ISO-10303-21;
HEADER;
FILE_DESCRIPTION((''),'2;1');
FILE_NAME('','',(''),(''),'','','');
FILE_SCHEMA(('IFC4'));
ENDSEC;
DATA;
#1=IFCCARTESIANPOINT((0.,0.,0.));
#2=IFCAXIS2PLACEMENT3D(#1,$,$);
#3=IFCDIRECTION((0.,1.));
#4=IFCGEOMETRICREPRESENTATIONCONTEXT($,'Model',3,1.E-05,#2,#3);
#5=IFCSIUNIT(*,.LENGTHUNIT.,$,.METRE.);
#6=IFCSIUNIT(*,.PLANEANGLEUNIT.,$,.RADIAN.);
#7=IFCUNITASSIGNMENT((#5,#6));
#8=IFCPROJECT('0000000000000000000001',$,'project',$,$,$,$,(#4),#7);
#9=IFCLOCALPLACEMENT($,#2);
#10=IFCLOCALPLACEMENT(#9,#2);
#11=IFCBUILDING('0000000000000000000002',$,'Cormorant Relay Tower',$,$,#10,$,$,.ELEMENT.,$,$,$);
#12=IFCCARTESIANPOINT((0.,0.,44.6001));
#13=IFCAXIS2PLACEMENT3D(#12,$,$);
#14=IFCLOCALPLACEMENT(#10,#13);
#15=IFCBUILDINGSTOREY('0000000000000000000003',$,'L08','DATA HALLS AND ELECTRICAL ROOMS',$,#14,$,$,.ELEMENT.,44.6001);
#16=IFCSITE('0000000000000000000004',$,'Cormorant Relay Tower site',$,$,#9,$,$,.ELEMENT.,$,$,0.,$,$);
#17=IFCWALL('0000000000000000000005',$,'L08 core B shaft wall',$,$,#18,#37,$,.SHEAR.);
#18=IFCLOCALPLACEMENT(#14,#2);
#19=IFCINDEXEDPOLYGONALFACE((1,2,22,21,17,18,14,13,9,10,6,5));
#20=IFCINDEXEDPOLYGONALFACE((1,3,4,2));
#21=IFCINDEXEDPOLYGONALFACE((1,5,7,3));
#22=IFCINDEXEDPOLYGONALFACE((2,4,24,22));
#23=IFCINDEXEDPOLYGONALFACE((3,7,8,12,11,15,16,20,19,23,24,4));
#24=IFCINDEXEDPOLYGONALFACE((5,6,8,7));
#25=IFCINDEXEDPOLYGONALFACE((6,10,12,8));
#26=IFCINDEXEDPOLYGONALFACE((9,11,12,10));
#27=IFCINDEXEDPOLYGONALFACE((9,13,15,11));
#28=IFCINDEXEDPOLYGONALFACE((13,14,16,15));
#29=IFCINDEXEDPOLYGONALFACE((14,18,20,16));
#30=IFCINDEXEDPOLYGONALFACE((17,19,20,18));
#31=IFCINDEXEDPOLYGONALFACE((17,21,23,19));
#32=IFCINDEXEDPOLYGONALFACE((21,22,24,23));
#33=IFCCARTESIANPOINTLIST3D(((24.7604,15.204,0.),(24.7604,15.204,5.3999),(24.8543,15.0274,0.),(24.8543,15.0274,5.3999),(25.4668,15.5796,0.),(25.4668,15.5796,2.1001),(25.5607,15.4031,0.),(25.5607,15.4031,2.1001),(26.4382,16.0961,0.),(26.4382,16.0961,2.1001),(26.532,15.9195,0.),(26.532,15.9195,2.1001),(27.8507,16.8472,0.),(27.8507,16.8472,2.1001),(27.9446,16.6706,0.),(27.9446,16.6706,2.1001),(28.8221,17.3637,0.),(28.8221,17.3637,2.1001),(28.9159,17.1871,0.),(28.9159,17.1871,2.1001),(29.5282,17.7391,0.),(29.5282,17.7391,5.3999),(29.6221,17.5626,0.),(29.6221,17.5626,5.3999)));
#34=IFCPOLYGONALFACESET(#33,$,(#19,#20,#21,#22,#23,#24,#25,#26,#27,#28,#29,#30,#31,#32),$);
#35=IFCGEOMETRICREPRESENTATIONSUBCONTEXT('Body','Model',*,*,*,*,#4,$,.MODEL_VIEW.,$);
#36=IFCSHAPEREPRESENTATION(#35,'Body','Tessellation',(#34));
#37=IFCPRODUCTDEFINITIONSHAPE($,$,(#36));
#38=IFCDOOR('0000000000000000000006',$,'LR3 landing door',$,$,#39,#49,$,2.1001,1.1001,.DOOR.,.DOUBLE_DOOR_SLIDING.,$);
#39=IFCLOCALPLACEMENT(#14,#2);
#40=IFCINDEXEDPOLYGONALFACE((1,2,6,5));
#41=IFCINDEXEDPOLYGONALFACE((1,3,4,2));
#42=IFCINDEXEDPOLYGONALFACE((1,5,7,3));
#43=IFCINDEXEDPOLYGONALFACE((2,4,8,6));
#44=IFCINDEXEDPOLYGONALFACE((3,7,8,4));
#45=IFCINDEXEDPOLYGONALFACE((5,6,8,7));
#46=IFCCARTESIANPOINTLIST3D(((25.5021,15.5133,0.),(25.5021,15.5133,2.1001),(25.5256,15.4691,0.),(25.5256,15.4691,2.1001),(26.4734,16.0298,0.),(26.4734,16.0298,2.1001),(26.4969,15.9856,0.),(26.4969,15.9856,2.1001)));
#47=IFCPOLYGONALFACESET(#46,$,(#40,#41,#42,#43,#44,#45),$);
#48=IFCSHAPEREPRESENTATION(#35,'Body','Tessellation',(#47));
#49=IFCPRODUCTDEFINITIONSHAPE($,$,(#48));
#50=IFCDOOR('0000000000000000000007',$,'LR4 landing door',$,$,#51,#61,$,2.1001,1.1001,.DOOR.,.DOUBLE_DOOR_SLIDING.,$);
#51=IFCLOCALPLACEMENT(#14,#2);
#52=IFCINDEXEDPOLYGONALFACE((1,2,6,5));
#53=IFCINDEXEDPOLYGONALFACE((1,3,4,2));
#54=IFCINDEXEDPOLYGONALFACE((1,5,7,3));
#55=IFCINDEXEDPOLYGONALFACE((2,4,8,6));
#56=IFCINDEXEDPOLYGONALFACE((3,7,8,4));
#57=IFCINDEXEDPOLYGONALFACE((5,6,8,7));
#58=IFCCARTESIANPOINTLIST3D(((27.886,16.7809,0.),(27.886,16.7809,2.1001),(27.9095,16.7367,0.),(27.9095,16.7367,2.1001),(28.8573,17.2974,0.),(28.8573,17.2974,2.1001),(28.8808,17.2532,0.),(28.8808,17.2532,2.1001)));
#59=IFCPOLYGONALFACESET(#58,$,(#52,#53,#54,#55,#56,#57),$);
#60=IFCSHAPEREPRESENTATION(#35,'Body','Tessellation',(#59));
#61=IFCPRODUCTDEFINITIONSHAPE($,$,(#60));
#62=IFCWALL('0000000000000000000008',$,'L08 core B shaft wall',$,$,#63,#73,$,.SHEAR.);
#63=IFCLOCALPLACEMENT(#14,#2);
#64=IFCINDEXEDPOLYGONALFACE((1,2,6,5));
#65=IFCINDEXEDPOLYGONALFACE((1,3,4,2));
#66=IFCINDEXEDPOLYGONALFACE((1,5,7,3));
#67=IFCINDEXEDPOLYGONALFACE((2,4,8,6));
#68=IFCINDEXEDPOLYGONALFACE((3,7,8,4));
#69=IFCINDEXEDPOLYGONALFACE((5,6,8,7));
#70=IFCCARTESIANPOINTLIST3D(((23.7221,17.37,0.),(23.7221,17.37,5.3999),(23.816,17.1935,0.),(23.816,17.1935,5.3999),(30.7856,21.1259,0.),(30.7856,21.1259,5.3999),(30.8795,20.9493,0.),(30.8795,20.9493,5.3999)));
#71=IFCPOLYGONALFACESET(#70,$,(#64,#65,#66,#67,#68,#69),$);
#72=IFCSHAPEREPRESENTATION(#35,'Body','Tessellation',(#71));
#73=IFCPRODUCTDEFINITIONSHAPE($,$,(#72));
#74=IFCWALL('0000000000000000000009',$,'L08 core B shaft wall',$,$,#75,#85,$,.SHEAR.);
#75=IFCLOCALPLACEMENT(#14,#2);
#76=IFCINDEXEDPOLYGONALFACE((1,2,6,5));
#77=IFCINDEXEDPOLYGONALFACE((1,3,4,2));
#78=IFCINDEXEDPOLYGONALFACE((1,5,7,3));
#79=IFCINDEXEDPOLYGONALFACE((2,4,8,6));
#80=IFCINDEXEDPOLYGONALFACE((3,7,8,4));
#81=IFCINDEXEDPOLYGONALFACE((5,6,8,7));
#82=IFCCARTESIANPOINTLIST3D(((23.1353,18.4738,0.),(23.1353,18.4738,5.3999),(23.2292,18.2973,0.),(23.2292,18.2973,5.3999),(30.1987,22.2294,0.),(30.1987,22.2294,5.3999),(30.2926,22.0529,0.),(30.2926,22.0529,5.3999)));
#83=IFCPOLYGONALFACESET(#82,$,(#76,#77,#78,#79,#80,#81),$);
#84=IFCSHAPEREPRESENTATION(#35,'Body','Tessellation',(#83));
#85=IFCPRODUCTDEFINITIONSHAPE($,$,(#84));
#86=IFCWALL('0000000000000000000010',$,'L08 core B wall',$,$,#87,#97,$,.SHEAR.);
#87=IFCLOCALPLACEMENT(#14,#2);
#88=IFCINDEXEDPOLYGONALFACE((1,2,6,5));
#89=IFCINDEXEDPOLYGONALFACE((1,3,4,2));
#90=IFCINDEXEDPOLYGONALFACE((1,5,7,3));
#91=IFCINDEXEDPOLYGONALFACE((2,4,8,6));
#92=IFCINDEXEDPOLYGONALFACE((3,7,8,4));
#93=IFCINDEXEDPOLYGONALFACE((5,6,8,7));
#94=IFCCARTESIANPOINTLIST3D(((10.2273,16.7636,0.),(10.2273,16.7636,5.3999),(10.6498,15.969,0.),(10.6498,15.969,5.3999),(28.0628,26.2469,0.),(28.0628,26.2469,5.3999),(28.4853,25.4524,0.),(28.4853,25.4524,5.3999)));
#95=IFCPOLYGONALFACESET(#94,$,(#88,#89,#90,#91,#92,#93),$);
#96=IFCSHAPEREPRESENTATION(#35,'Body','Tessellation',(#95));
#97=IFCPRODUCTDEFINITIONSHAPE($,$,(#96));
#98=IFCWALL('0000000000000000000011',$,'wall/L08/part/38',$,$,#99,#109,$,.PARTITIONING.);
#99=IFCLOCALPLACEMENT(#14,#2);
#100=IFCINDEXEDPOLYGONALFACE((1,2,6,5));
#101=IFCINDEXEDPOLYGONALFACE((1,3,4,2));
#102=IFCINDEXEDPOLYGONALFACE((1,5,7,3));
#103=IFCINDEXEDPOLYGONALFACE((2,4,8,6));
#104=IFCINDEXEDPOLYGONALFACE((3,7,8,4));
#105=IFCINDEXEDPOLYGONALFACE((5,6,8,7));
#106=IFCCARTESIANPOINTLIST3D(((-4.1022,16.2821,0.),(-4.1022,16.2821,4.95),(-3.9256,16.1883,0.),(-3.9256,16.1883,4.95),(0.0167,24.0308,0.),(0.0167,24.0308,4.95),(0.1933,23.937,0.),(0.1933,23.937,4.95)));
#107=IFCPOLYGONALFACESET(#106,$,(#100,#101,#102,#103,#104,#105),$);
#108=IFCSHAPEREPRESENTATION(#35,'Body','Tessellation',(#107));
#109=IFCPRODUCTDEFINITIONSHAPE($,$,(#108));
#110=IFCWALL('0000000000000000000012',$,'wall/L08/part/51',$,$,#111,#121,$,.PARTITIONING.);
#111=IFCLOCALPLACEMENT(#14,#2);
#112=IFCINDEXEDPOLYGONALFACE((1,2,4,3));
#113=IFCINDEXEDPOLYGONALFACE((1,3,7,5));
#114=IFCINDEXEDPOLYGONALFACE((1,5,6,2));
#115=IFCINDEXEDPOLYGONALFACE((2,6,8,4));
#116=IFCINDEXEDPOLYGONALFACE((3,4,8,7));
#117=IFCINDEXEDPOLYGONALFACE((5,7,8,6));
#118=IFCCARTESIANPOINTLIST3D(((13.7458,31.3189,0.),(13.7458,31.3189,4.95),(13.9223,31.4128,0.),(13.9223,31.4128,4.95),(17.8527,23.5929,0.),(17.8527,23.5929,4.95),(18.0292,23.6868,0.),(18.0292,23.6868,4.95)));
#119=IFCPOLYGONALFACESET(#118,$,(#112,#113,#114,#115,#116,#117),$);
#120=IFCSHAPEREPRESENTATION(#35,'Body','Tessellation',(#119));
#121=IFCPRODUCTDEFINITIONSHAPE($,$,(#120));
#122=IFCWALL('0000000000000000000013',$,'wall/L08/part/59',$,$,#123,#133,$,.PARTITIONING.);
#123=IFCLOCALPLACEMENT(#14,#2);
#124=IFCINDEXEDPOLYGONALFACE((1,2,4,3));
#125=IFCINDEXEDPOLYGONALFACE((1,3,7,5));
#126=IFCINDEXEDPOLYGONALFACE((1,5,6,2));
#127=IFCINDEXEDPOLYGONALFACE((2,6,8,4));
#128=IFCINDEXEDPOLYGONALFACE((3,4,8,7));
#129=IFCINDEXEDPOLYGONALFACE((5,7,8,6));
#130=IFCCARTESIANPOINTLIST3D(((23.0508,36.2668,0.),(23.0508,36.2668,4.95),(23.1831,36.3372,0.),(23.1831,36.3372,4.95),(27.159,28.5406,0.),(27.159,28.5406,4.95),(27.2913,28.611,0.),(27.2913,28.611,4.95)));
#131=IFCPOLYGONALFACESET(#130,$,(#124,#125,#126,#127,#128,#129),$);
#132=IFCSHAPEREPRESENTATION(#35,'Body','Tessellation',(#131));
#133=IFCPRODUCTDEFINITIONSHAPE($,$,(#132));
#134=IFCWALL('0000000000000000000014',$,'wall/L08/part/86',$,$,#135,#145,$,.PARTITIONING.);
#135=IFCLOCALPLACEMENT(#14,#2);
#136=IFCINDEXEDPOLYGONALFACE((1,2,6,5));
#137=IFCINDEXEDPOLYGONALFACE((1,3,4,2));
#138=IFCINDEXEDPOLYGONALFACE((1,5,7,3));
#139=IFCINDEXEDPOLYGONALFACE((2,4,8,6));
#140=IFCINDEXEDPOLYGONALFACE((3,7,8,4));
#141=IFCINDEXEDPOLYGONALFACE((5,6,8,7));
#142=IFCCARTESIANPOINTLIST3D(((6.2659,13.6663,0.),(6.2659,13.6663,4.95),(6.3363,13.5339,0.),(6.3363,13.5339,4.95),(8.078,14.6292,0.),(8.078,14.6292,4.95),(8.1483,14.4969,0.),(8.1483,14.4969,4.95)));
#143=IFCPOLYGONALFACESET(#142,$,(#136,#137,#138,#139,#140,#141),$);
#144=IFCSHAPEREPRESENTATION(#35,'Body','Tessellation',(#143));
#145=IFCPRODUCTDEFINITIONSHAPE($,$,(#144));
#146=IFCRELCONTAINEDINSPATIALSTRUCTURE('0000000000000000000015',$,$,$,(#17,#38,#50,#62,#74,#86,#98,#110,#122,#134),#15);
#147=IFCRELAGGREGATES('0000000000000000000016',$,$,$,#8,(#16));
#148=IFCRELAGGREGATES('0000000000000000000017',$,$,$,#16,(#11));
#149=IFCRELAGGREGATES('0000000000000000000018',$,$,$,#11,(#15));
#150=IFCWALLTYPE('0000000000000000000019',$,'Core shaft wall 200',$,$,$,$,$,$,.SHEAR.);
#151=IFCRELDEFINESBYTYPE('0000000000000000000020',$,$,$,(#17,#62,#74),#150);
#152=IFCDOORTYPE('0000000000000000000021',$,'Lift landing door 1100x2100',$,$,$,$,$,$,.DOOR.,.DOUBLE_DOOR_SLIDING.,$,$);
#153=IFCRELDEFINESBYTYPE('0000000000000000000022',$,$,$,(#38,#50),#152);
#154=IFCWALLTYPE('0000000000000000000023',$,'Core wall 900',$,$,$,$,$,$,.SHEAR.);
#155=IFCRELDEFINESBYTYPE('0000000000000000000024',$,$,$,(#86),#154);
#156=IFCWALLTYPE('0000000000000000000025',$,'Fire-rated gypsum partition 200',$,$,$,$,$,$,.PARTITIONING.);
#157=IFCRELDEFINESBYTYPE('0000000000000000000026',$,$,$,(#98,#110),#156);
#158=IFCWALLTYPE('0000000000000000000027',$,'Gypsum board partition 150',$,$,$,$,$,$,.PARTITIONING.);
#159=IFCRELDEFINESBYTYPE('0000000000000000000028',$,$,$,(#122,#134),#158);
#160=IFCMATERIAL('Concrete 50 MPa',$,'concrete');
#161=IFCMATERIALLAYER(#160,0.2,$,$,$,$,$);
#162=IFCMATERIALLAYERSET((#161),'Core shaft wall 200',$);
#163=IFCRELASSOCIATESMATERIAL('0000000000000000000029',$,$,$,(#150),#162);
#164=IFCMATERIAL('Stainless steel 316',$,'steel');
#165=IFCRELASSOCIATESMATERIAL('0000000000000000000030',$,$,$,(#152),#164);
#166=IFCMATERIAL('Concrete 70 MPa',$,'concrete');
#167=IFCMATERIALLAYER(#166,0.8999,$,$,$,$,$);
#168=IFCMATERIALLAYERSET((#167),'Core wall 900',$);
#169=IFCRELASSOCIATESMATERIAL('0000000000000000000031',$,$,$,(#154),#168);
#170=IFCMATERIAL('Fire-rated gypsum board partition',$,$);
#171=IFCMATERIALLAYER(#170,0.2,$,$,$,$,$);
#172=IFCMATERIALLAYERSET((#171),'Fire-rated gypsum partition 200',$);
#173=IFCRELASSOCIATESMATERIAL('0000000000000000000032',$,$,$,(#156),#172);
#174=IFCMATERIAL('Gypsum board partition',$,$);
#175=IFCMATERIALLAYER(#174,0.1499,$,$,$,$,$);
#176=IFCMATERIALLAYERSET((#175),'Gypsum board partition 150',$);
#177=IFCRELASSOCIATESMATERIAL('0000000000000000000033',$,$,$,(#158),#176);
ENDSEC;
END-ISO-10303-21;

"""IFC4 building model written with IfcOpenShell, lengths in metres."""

from ifc_helpers import new_model, si_unit, direction, frame, frame_2d, origin, place, context, subcontext, project, spatial, rectangle, extrude, material, layer, layer_set, type_object, element, fill, save


model = new_model("IFC4")

# Units and contexts
model_context = context("Model", 3, precision=1e-05, world=origin(), true_north=direction((0.0, 1.0)))
body_context = subcontext(model_context, "Body", "Model", "MODEL_VIEW")
ifc_project = project(units=[si_unit("LENGTHUNIT", "METRE"), si_unit("PLANEANGLEUNIT", "RADIAN")], contexts=[model_context])

# Site, building, storey
site_placement = place(None, origin())
site = spatial("IfcSite", under=ifc_project, at=site_placement, Name="Cormorant Relay Tower site", CompositionType="ELEMENT", RefElevation=0.0)
building_placement = place(site_placement, origin())
building = spatial("IfcBuilding", under=site, at=building_placement, Name="Cormorant Relay Tower", CompositionType="ELEMENT")
storey_placement = place(building_placement, frame((0.0, 0.0, 44.6001)))
storey = spatial("IfcBuildingStorey", under=building, at=storey_placement, Name="L08", Description="DATA HALLS AND ELECTRICAL ROOMS", CompositionType="ELEMENT", Elevation=44.6001)

# Shared definitions
ifc_material_1 = material(Name="Concrete 50 MPa", Category="concrete")
ifc_layer_1 = layer(ifc_material_1, 0.2)
ifc_layer_set_1 = layer_set([ifc_layer_1], Name="Core shaft wall 200")
wall_type_1 = type_object("IfcWallType", Name="Core shaft wall 200", PredefinedType="SHEAR", material=ifc_layer_set_1)

# Wall, openings, doors
wall_1_placement = place(storey_placement, frame((24.8074, 15.1157, 0.0), z_axis=(0.0, 0.0, 1.0), x_axis=(0.882943, 0.46948, 0.0)))
wall_1 = element("IfcWall", 1, at=wall_1_placement, inside=storey, type_object=wall_type_1, Name="L08 core B shaft wall", PredefinedType="SHEAR", context=body_context, shape_type="SweptSolid", body=[
    extrude(rectangle(XDim=5.3999, YDim=0.2, at=frame_2d((2.7, 0.0))), origin(), (0.0, 0.0, 1.0), 5.3999),
])
opening_1_placement = place(wall_1_placement, frame((0.8, 0.0, 0.0)))
opening_1 = element("IfcOpeningElement", 2, at=opening_1_placement, cuts=wall_1, PredefinedType="OPENING", context=body_context, shape_type="SweptSolid", body=[
    extrude(rectangle(XDim=1.1001, YDim=2.1001, at=frame_2d((0.55, 1.05))), frame((0.0, 0.1099, 0.0), z_axis=(0.0, -1.0, 0.0), x_axis=(1.0, 0.0, 0.0)), (0.0, 0.0, 1.0), 0.22),
])
opening_2_placement = place(wall_1_placement, frame((3.5, 0.0, 0.0)))
opening_2 = element("IfcOpeningElement", 3, at=opening_2_placement, cuts=wall_1, PredefinedType="OPENING", context=body_context, shape_type="SweptSolid", body=[
    extrude(rectangle(XDim=1.1001, YDim=2.1001, at=frame_2d((0.55, 1.05))), frame((0.0, 0.1099, 0.0), z_axis=(0.0, -1.0, 0.0), x_axis=(1.0, 0.0, 0.0)), (0.0, 0.0, 1.0), 0.22),
])
ifc_material_2 = material(Name="Stainless steel 316", Category="steel")
door_type_1 = type_object("IfcDoorType", Name="Lift landing door 1100x2100", OperationType="DOUBLE_DOOR_SLIDING", PredefinedType="DOOR", material=ifc_material_2)
door_1_placement = place(opening_1_placement, origin())
door_1 = element("IfcDoor", 4, at=door_1_placement, inside=storey, type_object=door_type_1, Name="LR3 landing door", OperationType="DOUBLE_DOOR_SLIDING", OverallHeight=2.1001, OverallWidth=1.1001, PredefinedType="DOOR", context=body_context, shape_type="SweptSolid", body=[
    extrude(rectangle(XDim=1.1001, YDim=2.1001, at=frame_2d((0.55, 1.05))), frame((0.0, 0.0249, 0.0), z_axis=(0.0, -1.0, 0.0), x_axis=(1.0, 0.0, 0.0)), (0.0, 0.0, 1.0), 0.05),
])
fill(opening_1, door_1)
door_2_placement = place(opening_2_placement, origin())
door_2 = element("IfcDoor", 5, at=door_2_placement, inside=storey, type_object=door_type_1, Name="LR4 landing door", OperationType="DOUBLE_DOOR_SLIDING", OverallHeight=2.1001, OverallWidth=1.1001, PredefinedType="DOOR", context=body_context, shape_type="SweptSolid", body=[
    extrude(rectangle(XDim=1.1001, YDim=2.1001, at=frame_2d((0.55, 1.05))), frame((0.0, 0.0249, 0.0), z_axis=(0.0, -1.0, 0.0), x_axis=(1.0, 0.0, 0.0)), (0.0, 0.0, 1.0), 0.05),
])
fill(opening_2, door_2)

# Walls
wall_2_placement = place(storey_placement, frame((23.769, 17.2817, 0.0), z_axis=(0.0, 0.0, 1.0), x_axis=(0.88294, 0.469485, 0.0)))
element("IfcWall", 6, at=wall_2_placement, inside=storey, type_object=wall_type_1, Name="L08 core B shaft wall", PredefinedType="SHEAR", context=body_context, shape_type="SweptSolid", body=[
    extrude(rectangle(XDim=8.0, YDim=0.2, at=frame_2d((4.0, 0.0))), origin(), (0.0, 0.0, 1.0), 5.3999),
])
wall_3_placement = place(storey_placement, frame((23.1821, 18.3855, 0.0), z_axis=(0.0, 0.0, 1.0), x_axis=(0.882953, 0.469462, 0.0)))
element("IfcWall", 7, at=wall_3_placement, inside=storey, type_object=wall_type_1, Name="L08 core B shaft wall", PredefinedType="SHEAR", context=body_context, shape_type="SweptSolid", body=[
    extrude(rectangle(XDim=7.9998, YDim=0.2, at=frame_2d((4.0, 0.0))), origin(), (0.0, 0.0, 1.0), 5.3999),
])
ifc_material_3 = material(Name="Concrete 70 MPa", Category="concrete")
ifc_layer_2 = layer(ifc_material_3, 0.8999)
ifc_layer_set_2 = layer_set([ifc_layer_2], Name="Core wall 900")
wall_type_2 = type_object("IfcWallType", Name="Core wall 900", PredefinedType="SHEAR", material=ifc_layer_set_2)
wall_4_placement = place(storey_placement, frame((10.4385, 16.3662, 0.0), z_axis=(0.0, 0.0, 1.0), x_axis=(0.882945, 0.469476, 0.0)))
element("IfcWall", 8, at=wall_4_placement, inside=storey, type_object=wall_type_2, Name="L08 core B wall", PredefinedType="SHEAR", context=body_context, shape_type="SweptSolid", body=[
    extrude(rectangle(XDim=20.2, YDim=0.8999, at=frame_2d((10.1001, 0.0))), origin(), (0.0, 0.0, 1.0), 5.3999),
])
ifc_material_4 = material(Name="Fire-rated gypsum board partition")
ifc_layer_3 = layer(ifc_material_4, 0.2)
ifc_layer_set_3 = layer_set([ifc_layer_3], Name="Fire-rated gypsum partition 200")
wall_type_3 = type_object("IfcWallType", Name="Fire-rated gypsum partition 200", PredefinedType="PARTITIONING", material=ifc_layer_set_3)
wall_5_placement = place(storey_placement, frame((0.105, 23.9839, 0.0), z_axis=(0.0, 0.0, 1.0), x_axis=(-0.469365, -0.883004, 0.0)))
element("IfcWall", 9, at=wall_5_placement, inside=storey, type_object=wall_type_3, Name="wall/L08/part/38", PredefinedType="PARTITIONING", context=body_context, shape_type="SweptSolid", body=[
    extrude(rectangle(XDim=8.7754, YDim=0.2, at=frame_2d((4.3877, 0.0))), origin(), (0.0, 0.0, 1.0), 4.95),
])
wall_6_placement = place(storey_placement, frame((13.834, 31.366, 0.0), z_axis=(0.0, 0.0, 1.0), x_axis=(0.469374, -0.882999, 0.0)))
element("IfcWall", 10, at=wall_6_placement, inside=storey, type_object=wall_type_3, Name="wall/L08/part/51", PredefinedType="PARTITIONING", context=body_context, shape_type="SweptSolid", body=[
    extrude(rectangle(XDim=8.7498, YDim=0.2, at=frame_2d((4.375, 0.0))), origin(), (0.0, 0.0, 1.0), 4.95),
])
ifc_material_5 = material(Name="Gypsum board partition")
ifc_layer_4 = layer(ifc_material_5, 0.1499)
ifc_layer_set_4 = layer_set([ifc_layer_4], Name="Gypsum board partition 150")
wall_type_4 = type_object("IfcWallType", Name="Gypsum board partition 150", PredefinedType="PARTITIONING", material=ifc_layer_set_4)
wall_7_placement = place(storey_placement, frame((23.1169, 36.302, 0.0), z_axis=(0.0, 0.0, 1.0), x_axis=(0.469483, -0.882942, 0.0)))
element("IfcWall", 11, at=wall_7_placement, inside=storey, type_object=wall_type_4, Name="wall/L08/part/59", PredefinedType="PARTITIONING", context=body_context, shape_type="SweptSolid", body=[
    extrude(rectangle(XDim=8.7505, YDim=0.1499, at=frame_2d((4.3752, 0.0))), origin(), (0.0, 0.0, 1.0), 4.95),
])
wall_8_placement = place(storey_placement, frame((8.113, 14.563, 0.0), z_axis=(0.0, 0.0, 1.0), x_axis=(-0.883063, -0.469254, 0.0)))
element("IfcWall", 12, at=wall_8_placement, inside=storey, type_object=wall_type_4, Name="wall/L08/part/86", PredefinedType="PARTITIONING", context=body_context, shape_type="SweptSolid", body=[
    extrude(rectangle(XDim=2.052, YDim=0.1499, at=frame_2d((1.0259, 0.0))), origin(), (0.0, 0.0, 1.0), 4.95),
])

save(model, "model.ifc")
